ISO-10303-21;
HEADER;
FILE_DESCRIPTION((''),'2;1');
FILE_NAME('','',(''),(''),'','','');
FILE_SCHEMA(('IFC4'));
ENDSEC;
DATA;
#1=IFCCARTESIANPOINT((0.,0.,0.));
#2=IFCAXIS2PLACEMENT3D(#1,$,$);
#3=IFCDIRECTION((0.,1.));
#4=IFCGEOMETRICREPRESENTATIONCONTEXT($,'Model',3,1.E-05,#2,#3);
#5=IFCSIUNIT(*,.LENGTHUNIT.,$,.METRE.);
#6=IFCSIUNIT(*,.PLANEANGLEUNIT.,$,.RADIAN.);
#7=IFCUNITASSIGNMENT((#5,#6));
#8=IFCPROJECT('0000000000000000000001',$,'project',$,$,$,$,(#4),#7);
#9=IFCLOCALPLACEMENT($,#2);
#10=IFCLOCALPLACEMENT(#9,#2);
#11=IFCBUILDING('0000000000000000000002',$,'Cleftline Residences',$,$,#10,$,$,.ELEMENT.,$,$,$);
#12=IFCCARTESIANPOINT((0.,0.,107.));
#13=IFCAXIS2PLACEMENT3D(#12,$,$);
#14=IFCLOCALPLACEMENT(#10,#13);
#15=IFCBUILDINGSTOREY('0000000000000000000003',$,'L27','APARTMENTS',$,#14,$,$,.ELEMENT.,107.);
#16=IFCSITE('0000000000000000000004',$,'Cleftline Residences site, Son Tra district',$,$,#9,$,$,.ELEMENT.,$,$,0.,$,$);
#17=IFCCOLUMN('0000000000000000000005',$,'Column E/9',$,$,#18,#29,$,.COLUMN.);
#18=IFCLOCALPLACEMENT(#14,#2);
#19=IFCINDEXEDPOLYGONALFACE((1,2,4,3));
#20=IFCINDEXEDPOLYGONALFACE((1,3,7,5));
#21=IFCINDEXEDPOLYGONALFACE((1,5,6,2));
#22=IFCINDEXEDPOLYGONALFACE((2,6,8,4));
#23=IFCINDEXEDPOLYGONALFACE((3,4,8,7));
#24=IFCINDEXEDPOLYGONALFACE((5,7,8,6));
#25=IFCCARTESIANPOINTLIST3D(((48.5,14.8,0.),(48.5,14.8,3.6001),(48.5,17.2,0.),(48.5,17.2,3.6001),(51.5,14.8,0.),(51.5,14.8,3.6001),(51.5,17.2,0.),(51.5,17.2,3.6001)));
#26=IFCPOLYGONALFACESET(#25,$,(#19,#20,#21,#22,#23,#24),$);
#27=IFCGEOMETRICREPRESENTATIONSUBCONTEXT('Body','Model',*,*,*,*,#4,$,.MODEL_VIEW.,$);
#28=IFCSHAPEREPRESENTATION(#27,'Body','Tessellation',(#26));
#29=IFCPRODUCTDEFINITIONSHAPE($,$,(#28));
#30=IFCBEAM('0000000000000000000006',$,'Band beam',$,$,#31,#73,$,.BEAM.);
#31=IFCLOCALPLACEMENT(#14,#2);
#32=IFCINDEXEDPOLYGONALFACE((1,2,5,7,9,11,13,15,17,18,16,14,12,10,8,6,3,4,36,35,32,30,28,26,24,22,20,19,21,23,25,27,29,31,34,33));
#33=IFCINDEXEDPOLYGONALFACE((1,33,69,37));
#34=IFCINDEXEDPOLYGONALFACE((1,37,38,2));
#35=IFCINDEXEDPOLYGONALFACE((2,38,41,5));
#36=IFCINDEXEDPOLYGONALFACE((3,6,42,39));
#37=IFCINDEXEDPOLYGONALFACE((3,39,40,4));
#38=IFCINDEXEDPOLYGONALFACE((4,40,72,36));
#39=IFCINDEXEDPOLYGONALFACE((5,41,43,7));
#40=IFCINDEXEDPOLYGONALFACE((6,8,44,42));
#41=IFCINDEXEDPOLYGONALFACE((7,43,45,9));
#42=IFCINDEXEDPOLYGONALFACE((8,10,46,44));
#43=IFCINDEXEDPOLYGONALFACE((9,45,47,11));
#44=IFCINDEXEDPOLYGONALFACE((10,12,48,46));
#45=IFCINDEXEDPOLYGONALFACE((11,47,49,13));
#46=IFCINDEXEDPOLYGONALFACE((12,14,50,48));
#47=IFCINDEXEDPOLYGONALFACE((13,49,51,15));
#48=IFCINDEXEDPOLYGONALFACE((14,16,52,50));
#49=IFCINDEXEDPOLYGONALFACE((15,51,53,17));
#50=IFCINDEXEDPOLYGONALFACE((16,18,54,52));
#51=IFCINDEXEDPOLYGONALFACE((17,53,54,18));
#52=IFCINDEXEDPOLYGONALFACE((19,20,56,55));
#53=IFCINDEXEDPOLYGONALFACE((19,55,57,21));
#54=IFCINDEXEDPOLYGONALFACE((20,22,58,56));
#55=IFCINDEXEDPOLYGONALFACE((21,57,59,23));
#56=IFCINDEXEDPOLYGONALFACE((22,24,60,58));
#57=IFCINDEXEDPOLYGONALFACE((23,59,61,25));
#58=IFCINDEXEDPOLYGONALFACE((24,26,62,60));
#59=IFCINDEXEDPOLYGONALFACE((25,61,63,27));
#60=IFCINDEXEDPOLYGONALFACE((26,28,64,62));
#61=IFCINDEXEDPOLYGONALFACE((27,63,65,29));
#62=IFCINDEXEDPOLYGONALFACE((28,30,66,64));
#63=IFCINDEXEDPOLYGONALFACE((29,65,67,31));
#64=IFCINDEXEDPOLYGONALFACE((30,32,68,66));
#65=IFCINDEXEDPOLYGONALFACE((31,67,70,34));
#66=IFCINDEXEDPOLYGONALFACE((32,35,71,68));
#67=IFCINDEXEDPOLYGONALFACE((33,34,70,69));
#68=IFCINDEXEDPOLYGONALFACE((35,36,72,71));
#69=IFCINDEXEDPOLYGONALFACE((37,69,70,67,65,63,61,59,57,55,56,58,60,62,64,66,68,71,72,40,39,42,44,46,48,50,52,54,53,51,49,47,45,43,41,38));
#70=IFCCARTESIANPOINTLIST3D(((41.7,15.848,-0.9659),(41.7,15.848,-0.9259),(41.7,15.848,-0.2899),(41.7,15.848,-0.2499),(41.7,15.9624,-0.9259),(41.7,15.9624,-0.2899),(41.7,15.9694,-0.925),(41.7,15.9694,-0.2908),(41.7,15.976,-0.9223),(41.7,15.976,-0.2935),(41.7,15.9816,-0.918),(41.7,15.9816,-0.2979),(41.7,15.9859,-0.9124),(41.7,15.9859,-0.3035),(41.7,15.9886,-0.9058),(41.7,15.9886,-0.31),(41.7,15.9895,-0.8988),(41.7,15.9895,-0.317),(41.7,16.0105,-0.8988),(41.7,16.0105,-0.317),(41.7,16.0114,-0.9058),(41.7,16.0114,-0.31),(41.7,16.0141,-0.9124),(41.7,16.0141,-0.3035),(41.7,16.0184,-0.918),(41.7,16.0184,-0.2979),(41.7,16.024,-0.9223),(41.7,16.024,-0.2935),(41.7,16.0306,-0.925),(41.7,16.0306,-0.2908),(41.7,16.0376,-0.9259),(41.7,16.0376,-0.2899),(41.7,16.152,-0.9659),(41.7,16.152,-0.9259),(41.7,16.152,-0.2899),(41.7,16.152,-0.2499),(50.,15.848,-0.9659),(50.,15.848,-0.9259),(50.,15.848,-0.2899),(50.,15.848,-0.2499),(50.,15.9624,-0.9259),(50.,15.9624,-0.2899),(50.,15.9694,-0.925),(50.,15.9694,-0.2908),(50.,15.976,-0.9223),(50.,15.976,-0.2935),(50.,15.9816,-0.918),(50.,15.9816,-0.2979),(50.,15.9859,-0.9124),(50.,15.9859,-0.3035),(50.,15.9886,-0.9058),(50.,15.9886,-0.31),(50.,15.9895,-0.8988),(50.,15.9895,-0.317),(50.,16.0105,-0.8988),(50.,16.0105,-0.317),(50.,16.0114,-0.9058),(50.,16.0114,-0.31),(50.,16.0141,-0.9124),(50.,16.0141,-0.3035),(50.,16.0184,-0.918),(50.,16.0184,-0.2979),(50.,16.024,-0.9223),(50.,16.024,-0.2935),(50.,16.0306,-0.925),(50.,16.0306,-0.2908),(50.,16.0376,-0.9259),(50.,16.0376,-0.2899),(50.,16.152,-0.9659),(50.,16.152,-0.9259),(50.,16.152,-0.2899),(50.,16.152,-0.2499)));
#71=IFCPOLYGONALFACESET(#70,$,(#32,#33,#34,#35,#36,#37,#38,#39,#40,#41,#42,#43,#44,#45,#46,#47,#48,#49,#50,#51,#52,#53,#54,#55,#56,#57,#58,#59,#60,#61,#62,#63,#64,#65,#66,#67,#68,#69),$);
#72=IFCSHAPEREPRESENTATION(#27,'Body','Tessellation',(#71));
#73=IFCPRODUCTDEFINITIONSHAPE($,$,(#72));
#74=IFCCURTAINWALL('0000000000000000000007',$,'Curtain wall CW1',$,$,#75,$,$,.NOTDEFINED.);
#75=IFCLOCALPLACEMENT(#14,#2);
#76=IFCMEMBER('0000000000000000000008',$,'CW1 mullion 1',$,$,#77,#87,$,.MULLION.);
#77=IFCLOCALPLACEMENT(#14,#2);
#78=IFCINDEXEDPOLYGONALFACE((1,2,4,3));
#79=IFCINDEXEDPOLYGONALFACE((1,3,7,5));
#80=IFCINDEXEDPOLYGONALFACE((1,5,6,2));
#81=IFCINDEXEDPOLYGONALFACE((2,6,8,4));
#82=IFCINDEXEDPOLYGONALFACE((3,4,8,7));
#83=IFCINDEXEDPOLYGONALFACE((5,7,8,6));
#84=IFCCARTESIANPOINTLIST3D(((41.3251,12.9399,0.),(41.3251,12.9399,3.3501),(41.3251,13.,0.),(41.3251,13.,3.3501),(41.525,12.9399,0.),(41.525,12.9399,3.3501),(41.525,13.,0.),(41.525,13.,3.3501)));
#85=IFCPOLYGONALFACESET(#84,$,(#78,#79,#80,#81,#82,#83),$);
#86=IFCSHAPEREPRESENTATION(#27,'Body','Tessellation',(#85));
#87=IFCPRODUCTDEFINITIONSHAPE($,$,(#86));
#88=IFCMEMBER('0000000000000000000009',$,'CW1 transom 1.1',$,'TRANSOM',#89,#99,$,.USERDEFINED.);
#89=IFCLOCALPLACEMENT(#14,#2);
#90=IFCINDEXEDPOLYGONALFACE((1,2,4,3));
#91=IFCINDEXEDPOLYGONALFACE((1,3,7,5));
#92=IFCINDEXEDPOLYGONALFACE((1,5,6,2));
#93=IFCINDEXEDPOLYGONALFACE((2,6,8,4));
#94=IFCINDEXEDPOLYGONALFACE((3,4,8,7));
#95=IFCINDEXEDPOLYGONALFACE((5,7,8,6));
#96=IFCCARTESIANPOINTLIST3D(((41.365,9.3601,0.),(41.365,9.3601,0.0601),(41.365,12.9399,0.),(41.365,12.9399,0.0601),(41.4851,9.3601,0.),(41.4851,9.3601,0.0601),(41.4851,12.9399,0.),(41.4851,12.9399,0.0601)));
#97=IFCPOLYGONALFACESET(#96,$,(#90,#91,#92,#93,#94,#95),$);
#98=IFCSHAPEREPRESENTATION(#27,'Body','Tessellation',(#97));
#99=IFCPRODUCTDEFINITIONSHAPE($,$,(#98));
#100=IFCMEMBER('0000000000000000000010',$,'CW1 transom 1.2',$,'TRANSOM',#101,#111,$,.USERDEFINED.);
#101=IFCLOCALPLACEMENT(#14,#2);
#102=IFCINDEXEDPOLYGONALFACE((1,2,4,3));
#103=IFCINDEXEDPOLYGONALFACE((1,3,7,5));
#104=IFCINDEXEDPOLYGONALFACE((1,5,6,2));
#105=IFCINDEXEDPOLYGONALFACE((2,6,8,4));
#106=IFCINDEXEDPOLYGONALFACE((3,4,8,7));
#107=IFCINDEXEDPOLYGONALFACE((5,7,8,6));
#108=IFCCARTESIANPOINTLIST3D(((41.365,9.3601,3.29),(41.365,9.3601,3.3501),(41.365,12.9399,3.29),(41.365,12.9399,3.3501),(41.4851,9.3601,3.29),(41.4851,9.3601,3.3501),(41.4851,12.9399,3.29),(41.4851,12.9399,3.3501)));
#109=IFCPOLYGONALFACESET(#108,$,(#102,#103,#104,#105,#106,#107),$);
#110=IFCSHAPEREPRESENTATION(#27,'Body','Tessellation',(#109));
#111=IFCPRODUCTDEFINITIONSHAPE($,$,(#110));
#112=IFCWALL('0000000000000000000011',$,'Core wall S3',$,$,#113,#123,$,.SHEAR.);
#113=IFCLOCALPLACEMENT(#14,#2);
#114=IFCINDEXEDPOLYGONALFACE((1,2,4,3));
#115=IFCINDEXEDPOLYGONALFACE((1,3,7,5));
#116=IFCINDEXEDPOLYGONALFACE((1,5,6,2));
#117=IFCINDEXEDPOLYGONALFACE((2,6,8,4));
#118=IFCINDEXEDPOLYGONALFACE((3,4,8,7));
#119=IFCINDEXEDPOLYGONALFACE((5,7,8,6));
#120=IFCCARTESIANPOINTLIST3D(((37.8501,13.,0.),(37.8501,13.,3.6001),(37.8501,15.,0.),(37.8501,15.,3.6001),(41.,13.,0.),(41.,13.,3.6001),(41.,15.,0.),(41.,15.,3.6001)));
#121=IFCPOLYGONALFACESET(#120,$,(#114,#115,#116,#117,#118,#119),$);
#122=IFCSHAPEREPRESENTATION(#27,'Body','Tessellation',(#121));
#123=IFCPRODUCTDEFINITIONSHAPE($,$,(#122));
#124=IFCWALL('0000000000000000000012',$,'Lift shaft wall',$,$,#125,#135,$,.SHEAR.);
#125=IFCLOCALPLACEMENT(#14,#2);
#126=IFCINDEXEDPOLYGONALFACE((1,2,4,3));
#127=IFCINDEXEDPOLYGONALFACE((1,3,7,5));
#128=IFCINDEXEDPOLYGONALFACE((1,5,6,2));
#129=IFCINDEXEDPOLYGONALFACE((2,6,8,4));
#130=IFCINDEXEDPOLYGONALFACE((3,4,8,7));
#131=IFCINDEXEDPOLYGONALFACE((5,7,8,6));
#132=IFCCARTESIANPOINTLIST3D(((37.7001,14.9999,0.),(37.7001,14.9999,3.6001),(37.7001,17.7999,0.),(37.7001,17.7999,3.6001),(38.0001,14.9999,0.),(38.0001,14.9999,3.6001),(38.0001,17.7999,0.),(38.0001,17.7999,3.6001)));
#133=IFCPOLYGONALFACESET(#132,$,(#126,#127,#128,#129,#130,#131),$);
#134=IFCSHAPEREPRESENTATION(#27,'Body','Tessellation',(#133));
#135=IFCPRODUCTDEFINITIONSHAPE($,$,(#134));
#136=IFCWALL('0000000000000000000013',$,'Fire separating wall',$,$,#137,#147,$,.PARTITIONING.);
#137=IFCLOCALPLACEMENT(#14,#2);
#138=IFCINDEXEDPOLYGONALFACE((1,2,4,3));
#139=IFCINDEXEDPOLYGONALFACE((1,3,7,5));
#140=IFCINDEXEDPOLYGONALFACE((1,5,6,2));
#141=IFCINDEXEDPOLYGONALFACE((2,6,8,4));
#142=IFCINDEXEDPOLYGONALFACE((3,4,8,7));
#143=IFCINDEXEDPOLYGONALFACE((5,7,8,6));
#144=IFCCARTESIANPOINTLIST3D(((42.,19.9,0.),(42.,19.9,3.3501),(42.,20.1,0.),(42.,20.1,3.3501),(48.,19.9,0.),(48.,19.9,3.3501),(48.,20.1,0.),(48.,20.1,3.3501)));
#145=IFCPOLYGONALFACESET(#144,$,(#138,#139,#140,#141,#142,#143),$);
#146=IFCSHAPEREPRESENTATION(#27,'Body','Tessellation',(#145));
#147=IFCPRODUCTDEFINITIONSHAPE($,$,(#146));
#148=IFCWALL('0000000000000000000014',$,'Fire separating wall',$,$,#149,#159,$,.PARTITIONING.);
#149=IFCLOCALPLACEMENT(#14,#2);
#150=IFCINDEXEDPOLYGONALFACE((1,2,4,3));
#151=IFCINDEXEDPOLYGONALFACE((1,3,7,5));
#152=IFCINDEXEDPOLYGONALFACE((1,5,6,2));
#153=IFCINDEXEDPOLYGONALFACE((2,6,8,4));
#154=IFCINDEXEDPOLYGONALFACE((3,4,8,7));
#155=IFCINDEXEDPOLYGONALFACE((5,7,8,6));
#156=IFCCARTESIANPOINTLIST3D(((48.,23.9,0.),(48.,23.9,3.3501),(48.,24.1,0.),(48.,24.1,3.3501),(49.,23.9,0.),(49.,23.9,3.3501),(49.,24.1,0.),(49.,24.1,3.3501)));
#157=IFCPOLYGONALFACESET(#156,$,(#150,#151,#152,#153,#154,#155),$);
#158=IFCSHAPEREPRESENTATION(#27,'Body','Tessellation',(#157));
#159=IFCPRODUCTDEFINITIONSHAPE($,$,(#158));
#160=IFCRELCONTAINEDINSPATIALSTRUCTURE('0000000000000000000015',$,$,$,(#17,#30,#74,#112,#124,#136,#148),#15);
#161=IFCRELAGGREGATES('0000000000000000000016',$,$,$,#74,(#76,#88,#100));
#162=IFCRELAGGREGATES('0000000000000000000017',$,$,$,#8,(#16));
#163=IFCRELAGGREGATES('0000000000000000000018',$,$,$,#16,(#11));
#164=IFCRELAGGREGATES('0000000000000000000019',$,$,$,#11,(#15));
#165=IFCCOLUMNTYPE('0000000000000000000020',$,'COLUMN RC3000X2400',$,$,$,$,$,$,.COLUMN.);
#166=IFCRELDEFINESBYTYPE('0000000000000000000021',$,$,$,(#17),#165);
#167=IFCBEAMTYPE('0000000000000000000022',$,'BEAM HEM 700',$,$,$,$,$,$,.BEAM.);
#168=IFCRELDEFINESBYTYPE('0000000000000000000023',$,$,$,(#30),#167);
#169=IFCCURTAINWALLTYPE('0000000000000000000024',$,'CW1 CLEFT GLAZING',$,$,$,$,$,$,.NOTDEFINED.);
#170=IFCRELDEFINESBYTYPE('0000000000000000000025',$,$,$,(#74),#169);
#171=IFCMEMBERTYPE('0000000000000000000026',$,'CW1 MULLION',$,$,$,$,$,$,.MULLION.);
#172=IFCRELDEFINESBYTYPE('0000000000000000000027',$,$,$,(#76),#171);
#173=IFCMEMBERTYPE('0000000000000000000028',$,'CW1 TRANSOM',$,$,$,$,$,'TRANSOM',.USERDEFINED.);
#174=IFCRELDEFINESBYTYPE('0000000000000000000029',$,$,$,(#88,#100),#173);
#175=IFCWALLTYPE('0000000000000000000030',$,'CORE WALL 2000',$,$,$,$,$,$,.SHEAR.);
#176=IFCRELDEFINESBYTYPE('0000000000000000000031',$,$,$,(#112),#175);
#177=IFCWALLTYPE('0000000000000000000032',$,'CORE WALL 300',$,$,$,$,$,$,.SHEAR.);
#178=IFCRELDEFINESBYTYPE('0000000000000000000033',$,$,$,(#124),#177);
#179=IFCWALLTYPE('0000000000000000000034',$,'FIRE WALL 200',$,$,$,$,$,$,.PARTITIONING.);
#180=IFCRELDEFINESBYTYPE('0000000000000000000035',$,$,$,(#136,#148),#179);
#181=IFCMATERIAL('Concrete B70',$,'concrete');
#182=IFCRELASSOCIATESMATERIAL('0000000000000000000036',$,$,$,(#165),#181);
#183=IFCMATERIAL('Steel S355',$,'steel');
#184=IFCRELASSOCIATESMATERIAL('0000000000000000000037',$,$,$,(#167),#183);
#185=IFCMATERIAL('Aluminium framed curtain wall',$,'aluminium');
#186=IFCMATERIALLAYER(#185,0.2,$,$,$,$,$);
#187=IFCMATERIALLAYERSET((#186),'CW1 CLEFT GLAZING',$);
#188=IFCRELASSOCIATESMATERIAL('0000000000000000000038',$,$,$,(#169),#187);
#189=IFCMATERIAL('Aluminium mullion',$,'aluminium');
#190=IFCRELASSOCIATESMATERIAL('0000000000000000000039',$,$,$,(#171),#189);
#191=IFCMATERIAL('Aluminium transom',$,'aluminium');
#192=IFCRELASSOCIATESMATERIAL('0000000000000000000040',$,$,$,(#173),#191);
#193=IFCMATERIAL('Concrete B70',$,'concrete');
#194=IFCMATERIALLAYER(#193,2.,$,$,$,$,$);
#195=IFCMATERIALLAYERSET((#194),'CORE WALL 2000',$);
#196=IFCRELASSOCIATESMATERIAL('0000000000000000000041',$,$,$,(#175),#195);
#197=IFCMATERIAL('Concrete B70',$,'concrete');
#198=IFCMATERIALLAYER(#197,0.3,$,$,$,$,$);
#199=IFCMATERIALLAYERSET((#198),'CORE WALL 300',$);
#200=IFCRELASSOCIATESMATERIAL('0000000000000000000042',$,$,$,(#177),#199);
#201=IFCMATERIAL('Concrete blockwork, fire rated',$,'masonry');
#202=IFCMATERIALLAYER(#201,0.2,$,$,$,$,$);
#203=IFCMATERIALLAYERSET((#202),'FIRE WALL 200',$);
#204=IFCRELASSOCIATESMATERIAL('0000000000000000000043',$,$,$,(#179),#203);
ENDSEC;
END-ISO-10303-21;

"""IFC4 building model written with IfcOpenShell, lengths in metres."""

from ifc_helpers import new_model, si_unit, direction, frame, frame_2d, origin, origin_2d, place, context, subcontext, project, spatial, rectangle, i_section, extrude, material, layer, layer_set, material_profile, profile_set, type_object, element, aggregate, save


model = new_model("IFC4")

# Units and contexts
model_context = context("Model", 3, precision=1e-05, world=origin(), true_north=direction((0.0, 1.0)))
body_context = subcontext(model_context, "Body", "Model", "MODEL_VIEW")
ifc_project = project(units=[si_unit("LENGTHUNIT", "METRE"), si_unit("PLANEANGLEUNIT", "RADIAN")], contexts=[model_context])

# Site, building, storey
site_placement = place(None, origin())
site = spatial("IfcSite", under=ifc_project, at=site_placement, Name="Cleftline Residences site, Son Tra district", CompositionType="ELEMENT", RefElevation=0.0)
building_placement = place(site_placement, origin())
building = spatial("IfcBuilding", under=site, at=building_placement, Name="Cleftline Residences", CompositionType="ELEMENT")
storey_placement = place(building_placement, frame((0.0, 0.0, 107.0)))
storey = spatial("IfcBuildingStorey", under=building, at=storey_placement, Name="L27", Description="APARTMENTS", CompositionType="ELEMENT", Elevation=107.0)

# Column
ifc_material_1 = material(Name="Concrete B70", Category="concrete")
ifc_material_profile_1 = material_profile(ifc_material_1, rectangle(XDim=3.0, YDim=2.3999, at=origin_2d()))
ifc_profile_set_1 = profile_set([ifc_material_profile_1], Name="Concrete B70")
column_type = type_object("IfcColumnType", Name="COLUMN RC3000X2400", PredefinedType="COLUMN", material=ifc_profile_set_1)
column_placement = place(storey_placement, frame((50.0, 16.0, 0.0), z_axis=(0.0, 0.0, 1.0), x_axis=(1.0, 0.0, 0.0)))
element("IfcColumn", 1, at=column_placement, inside=storey, type_object=column_type, Name="Column E/9", PredefinedType="COLUMN", context=body_context, shape_type="SweptSolid", body=[
    extrude(rectangle(XDim=3.0, YDim=2.3999, at=origin_2d()), origin(), (0.0, 0.0, 1.0), 3.6001),
])

# Beam
ifc_material_2 = material(Name="Steel S355", Category="steel")
ifc_material_profile_2 = material_profile(ifc_material_2, i_section(OverallWidth=0.304, OverallDepth=0.7161, WebThickness=0.021, FlangeThickness=0.04, FilletRadius=0.0271, at=origin_2d()))
ifc_profile_set_2 = profile_set([ifc_material_profile_2], Name="Steel S355")
beam_type = type_object("IfcBeamType", Name="BEAM HEM 700", PredefinedType="BEAM", material=ifc_profile_set_2)
beam_placement = place(storey_placement, frame((50.0, 16.0, -0.6079), z_axis=(-1.0, 0.0, 0.0), x_axis=(0.0, -1.0, 0.0)))
element("IfcBeam", 2, at=beam_placement, inside=storey, type_object=beam_type, Name="Band beam", PredefinedType="BEAM", context=body_context, shape_type="SweptSolid", body=[
    extrude(i_section(OverallWidth=0.304, OverallDepth=0.7161, WebThickness=0.021, FlangeThickness=0.04, FilletRadius=0.0271, at=origin_2d()), origin(), (0.0, 0.0, 1.0), 8.3),
])

# Curtain wall, members
ifc_material_3 = material(Name="Aluminium framed curtain wall", Category="aluminium")
ifc_layer_1 = layer(ifc_material_3, 0.2)
ifc_layer_set_1 = layer_set([ifc_layer_1], Name="CW1 CLEFT GLAZING")
curtain_wall_type = type_object("IfcCurtainWallType", Name="CW1 CLEFT GLAZING", PredefinedType="NOTDEFINED", material=ifc_layer_set_1)
curtain_wall_placement = place(storey_placement, origin())
curtain_wall = element("IfcCurtainWall", 3, at=curtain_wall_placement, inside=storey, type_object=curtain_wall_type, Name="Curtain wall CW1", PredefinedType="NOTDEFINED")
ifc_material_4 = material(Name="Aluminium mullion", Category="aluminium")
ifc_material_profile_3 = material_profile(ifc_material_4, rectangle(XDim=0.2, YDim=0.0601, at=origin_2d()))
ifc_profile_set_3 = profile_set([ifc_material_profile_3], Name="Aluminium mullion")
member_type_1 = type_object("IfcMemberType", Name="CW1 MULLION", PredefinedType="MULLION", material=ifc_profile_set_3)
member_1_placement = place(storey_placement, frame((41.425, 12.97, 0.0), z_axis=(0.0, 0.0, 1.0), x_axis=(1.0, 0.0, 0.0)))
member_1 = element("IfcMember", 4, at=member_1_placement, type_object=member_type_1, Name="CW1 mullion 1", PredefinedType="MULLION", context=body_context, shape_type="SweptSolid", body=[
    extrude(rectangle(XDim=0.2, YDim=0.0601, at=origin_2d()), origin(), (0.0, 0.0, 1.0), 3.3501),
])
ifc_material_5 = material(Name="Aluminium transom", Category="aluminium")
ifc_material_profile_4 = material_profile(ifc_material_5, rectangle(XDim=0.1201, YDim=0.0601, at=origin_2d()))
ifc_profile_set_4 = profile_set([ifc_material_profile_4], Name="Aluminium transom")
member_type_2 = type_object("IfcMemberType", Name="CW1 TRANSOM", ElementType="TRANSOM", PredefinedType="USERDEFINED", material=ifc_profile_set_4)
member_2_placement = place(storey_placement, frame((41.425, 12.9399, 0.03), z_axis=(0.0, -1.0, 0.0), x_axis=(1.0, 0.0, 0.0)))
member_2 = element("IfcMember", 5, at=member_2_placement, type_object=member_type_2, Name="CW1 transom 1.1", ObjectType="TRANSOM", PredefinedType="USERDEFINED", context=body_context, shape_type="SweptSolid", body=[
    extrude(rectangle(XDim=0.1201, YDim=0.0601, at=origin_2d()), origin(), (0.0, 0.0, 1.0), 3.5798),
])
member_3_placement = place(storey_placement, frame((41.425, 12.9399, 3.3201), z_axis=(0.0, -1.0, 0.0), x_axis=(1.0, 0.0, 0.0)))
member_3 = element("IfcMember", 6, at=member_3_placement, type_object=member_type_2, Name="CW1 transom 1.2", ObjectType="TRANSOM", PredefinedType="USERDEFINED", context=body_context, shape_type="SweptSolid", body=[
    extrude(rectangle(XDim=0.1201, YDim=0.0601, at=origin_2d()), origin(), (0.0, 0.0, 1.0), 3.5798),
])
aggregate(curtain_wall, [member_1, member_2, member_3])

# Walls
ifc_material_6 = material(Name="Concrete B70", Category="concrete")
ifc_layer_2 = layer(ifc_material_6, 2.0)
ifc_layer_set_2 = layer_set([ifc_layer_2], Name="CORE WALL 2000")
wall_type_1 = type_object("IfcWallType", Name="CORE WALL 2000", PredefinedType="SHEAR", material=ifc_layer_set_2)
wall_1_placement = place(storey_placement, frame((37.8501, 14.0, 0.0), z_axis=(0.0, 0.0, 1.0), x_axis=(1.0, 0.0, 0.0)))
element("IfcWall", 7, at=wall_1_placement, inside=storey, type_object=wall_type_1, Name="Core wall S3", PredefinedType="SHEAR", context=body_context, shape_type="SweptSolid", body=[
    extrude(rectangle(XDim=3.1499, YDim=2.0, at=frame_2d((1.575, 0.0))), origin(), (0.0, 0.0, 1.0), 3.6001),
])
ifc_material_7 = material(Name="Concrete B70", Category="concrete")
ifc_layer_3 = layer(ifc_material_7, 0.3)
ifc_layer_set_3 = layer_set([ifc_layer_3], Name="CORE WALL 300")
wall_type_2 = type_object("IfcWallType", Name="CORE WALL 300", PredefinedType="SHEAR", material=ifc_layer_set_3)
wall_2_placement = place(storey_placement, frame((37.8501, 15.0, 0.0), z_axis=(0.0, 0.0, 1.0), x_axis=(0.0, 1.0, 0.0)))
element("IfcWall", 8, at=wall_2_placement, inside=storey, type_object=wall_type_2, Name="Lift shaft wall", PredefinedType="SHEAR", context=body_context, shape_type="SweptSolid", body=[
    extrude(rectangle(XDim=2.8, YDim=0.3, at=frame_2d((1.3999, 0.0))), origin(), (0.0, 0.0, 1.0), 3.6001),
])
ifc_material_8 = material(Name="Concrete blockwork, fire rated", Category="masonry")
ifc_layer_4 = layer(ifc_material_8, 0.2)
ifc_layer_set_4 = layer_set([ifc_layer_4], Name="FIRE WALL 200")
wall_type_3 = type_object("IfcWallType", Name="FIRE WALL 200", PredefinedType="PARTITIONING", material=ifc_layer_set_4)
wall_3_placement = place(storey_placement, frame((42.0, 20.0, 0.0), z_axis=(0.0, 0.0, 1.0), x_axis=(1.0, 0.0, 0.0)))
element("IfcWall", 9, at=wall_3_placement, inside=storey, type_object=wall_type_3, Name="Fire separating wall", PredefinedType="PARTITIONING", context=body_context, shape_type="SweptSolid", body=[
    extrude(rectangle(XDim=6.0, YDim=0.2, at=frame_2d((3.0, 0.0))), origin(), (0.0, 0.0, 1.0), 3.3501),
])
wall_4_placement = place(storey_placement, frame((48.0, 24.0, 0.0), z_axis=(0.0, 0.0, 1.0), x_axis=(1.0, 0.0, 0.0)))
element("IfcWall", 10, at=wall_4_placement, inside=storey, type_object=wall_type_3, Name="Fire separating wall", PredefinedType="PARTITIONING", context=body_context, shape_type="SweptSolid", body=[
    extrude(rectangle(XDim=1.0, YDim=0.2, at=frame_2d((0.5, 0.0))), origin(), (0.0, 0.0, 1.0), 3.3501),
])

save(model, "model.ifc")
